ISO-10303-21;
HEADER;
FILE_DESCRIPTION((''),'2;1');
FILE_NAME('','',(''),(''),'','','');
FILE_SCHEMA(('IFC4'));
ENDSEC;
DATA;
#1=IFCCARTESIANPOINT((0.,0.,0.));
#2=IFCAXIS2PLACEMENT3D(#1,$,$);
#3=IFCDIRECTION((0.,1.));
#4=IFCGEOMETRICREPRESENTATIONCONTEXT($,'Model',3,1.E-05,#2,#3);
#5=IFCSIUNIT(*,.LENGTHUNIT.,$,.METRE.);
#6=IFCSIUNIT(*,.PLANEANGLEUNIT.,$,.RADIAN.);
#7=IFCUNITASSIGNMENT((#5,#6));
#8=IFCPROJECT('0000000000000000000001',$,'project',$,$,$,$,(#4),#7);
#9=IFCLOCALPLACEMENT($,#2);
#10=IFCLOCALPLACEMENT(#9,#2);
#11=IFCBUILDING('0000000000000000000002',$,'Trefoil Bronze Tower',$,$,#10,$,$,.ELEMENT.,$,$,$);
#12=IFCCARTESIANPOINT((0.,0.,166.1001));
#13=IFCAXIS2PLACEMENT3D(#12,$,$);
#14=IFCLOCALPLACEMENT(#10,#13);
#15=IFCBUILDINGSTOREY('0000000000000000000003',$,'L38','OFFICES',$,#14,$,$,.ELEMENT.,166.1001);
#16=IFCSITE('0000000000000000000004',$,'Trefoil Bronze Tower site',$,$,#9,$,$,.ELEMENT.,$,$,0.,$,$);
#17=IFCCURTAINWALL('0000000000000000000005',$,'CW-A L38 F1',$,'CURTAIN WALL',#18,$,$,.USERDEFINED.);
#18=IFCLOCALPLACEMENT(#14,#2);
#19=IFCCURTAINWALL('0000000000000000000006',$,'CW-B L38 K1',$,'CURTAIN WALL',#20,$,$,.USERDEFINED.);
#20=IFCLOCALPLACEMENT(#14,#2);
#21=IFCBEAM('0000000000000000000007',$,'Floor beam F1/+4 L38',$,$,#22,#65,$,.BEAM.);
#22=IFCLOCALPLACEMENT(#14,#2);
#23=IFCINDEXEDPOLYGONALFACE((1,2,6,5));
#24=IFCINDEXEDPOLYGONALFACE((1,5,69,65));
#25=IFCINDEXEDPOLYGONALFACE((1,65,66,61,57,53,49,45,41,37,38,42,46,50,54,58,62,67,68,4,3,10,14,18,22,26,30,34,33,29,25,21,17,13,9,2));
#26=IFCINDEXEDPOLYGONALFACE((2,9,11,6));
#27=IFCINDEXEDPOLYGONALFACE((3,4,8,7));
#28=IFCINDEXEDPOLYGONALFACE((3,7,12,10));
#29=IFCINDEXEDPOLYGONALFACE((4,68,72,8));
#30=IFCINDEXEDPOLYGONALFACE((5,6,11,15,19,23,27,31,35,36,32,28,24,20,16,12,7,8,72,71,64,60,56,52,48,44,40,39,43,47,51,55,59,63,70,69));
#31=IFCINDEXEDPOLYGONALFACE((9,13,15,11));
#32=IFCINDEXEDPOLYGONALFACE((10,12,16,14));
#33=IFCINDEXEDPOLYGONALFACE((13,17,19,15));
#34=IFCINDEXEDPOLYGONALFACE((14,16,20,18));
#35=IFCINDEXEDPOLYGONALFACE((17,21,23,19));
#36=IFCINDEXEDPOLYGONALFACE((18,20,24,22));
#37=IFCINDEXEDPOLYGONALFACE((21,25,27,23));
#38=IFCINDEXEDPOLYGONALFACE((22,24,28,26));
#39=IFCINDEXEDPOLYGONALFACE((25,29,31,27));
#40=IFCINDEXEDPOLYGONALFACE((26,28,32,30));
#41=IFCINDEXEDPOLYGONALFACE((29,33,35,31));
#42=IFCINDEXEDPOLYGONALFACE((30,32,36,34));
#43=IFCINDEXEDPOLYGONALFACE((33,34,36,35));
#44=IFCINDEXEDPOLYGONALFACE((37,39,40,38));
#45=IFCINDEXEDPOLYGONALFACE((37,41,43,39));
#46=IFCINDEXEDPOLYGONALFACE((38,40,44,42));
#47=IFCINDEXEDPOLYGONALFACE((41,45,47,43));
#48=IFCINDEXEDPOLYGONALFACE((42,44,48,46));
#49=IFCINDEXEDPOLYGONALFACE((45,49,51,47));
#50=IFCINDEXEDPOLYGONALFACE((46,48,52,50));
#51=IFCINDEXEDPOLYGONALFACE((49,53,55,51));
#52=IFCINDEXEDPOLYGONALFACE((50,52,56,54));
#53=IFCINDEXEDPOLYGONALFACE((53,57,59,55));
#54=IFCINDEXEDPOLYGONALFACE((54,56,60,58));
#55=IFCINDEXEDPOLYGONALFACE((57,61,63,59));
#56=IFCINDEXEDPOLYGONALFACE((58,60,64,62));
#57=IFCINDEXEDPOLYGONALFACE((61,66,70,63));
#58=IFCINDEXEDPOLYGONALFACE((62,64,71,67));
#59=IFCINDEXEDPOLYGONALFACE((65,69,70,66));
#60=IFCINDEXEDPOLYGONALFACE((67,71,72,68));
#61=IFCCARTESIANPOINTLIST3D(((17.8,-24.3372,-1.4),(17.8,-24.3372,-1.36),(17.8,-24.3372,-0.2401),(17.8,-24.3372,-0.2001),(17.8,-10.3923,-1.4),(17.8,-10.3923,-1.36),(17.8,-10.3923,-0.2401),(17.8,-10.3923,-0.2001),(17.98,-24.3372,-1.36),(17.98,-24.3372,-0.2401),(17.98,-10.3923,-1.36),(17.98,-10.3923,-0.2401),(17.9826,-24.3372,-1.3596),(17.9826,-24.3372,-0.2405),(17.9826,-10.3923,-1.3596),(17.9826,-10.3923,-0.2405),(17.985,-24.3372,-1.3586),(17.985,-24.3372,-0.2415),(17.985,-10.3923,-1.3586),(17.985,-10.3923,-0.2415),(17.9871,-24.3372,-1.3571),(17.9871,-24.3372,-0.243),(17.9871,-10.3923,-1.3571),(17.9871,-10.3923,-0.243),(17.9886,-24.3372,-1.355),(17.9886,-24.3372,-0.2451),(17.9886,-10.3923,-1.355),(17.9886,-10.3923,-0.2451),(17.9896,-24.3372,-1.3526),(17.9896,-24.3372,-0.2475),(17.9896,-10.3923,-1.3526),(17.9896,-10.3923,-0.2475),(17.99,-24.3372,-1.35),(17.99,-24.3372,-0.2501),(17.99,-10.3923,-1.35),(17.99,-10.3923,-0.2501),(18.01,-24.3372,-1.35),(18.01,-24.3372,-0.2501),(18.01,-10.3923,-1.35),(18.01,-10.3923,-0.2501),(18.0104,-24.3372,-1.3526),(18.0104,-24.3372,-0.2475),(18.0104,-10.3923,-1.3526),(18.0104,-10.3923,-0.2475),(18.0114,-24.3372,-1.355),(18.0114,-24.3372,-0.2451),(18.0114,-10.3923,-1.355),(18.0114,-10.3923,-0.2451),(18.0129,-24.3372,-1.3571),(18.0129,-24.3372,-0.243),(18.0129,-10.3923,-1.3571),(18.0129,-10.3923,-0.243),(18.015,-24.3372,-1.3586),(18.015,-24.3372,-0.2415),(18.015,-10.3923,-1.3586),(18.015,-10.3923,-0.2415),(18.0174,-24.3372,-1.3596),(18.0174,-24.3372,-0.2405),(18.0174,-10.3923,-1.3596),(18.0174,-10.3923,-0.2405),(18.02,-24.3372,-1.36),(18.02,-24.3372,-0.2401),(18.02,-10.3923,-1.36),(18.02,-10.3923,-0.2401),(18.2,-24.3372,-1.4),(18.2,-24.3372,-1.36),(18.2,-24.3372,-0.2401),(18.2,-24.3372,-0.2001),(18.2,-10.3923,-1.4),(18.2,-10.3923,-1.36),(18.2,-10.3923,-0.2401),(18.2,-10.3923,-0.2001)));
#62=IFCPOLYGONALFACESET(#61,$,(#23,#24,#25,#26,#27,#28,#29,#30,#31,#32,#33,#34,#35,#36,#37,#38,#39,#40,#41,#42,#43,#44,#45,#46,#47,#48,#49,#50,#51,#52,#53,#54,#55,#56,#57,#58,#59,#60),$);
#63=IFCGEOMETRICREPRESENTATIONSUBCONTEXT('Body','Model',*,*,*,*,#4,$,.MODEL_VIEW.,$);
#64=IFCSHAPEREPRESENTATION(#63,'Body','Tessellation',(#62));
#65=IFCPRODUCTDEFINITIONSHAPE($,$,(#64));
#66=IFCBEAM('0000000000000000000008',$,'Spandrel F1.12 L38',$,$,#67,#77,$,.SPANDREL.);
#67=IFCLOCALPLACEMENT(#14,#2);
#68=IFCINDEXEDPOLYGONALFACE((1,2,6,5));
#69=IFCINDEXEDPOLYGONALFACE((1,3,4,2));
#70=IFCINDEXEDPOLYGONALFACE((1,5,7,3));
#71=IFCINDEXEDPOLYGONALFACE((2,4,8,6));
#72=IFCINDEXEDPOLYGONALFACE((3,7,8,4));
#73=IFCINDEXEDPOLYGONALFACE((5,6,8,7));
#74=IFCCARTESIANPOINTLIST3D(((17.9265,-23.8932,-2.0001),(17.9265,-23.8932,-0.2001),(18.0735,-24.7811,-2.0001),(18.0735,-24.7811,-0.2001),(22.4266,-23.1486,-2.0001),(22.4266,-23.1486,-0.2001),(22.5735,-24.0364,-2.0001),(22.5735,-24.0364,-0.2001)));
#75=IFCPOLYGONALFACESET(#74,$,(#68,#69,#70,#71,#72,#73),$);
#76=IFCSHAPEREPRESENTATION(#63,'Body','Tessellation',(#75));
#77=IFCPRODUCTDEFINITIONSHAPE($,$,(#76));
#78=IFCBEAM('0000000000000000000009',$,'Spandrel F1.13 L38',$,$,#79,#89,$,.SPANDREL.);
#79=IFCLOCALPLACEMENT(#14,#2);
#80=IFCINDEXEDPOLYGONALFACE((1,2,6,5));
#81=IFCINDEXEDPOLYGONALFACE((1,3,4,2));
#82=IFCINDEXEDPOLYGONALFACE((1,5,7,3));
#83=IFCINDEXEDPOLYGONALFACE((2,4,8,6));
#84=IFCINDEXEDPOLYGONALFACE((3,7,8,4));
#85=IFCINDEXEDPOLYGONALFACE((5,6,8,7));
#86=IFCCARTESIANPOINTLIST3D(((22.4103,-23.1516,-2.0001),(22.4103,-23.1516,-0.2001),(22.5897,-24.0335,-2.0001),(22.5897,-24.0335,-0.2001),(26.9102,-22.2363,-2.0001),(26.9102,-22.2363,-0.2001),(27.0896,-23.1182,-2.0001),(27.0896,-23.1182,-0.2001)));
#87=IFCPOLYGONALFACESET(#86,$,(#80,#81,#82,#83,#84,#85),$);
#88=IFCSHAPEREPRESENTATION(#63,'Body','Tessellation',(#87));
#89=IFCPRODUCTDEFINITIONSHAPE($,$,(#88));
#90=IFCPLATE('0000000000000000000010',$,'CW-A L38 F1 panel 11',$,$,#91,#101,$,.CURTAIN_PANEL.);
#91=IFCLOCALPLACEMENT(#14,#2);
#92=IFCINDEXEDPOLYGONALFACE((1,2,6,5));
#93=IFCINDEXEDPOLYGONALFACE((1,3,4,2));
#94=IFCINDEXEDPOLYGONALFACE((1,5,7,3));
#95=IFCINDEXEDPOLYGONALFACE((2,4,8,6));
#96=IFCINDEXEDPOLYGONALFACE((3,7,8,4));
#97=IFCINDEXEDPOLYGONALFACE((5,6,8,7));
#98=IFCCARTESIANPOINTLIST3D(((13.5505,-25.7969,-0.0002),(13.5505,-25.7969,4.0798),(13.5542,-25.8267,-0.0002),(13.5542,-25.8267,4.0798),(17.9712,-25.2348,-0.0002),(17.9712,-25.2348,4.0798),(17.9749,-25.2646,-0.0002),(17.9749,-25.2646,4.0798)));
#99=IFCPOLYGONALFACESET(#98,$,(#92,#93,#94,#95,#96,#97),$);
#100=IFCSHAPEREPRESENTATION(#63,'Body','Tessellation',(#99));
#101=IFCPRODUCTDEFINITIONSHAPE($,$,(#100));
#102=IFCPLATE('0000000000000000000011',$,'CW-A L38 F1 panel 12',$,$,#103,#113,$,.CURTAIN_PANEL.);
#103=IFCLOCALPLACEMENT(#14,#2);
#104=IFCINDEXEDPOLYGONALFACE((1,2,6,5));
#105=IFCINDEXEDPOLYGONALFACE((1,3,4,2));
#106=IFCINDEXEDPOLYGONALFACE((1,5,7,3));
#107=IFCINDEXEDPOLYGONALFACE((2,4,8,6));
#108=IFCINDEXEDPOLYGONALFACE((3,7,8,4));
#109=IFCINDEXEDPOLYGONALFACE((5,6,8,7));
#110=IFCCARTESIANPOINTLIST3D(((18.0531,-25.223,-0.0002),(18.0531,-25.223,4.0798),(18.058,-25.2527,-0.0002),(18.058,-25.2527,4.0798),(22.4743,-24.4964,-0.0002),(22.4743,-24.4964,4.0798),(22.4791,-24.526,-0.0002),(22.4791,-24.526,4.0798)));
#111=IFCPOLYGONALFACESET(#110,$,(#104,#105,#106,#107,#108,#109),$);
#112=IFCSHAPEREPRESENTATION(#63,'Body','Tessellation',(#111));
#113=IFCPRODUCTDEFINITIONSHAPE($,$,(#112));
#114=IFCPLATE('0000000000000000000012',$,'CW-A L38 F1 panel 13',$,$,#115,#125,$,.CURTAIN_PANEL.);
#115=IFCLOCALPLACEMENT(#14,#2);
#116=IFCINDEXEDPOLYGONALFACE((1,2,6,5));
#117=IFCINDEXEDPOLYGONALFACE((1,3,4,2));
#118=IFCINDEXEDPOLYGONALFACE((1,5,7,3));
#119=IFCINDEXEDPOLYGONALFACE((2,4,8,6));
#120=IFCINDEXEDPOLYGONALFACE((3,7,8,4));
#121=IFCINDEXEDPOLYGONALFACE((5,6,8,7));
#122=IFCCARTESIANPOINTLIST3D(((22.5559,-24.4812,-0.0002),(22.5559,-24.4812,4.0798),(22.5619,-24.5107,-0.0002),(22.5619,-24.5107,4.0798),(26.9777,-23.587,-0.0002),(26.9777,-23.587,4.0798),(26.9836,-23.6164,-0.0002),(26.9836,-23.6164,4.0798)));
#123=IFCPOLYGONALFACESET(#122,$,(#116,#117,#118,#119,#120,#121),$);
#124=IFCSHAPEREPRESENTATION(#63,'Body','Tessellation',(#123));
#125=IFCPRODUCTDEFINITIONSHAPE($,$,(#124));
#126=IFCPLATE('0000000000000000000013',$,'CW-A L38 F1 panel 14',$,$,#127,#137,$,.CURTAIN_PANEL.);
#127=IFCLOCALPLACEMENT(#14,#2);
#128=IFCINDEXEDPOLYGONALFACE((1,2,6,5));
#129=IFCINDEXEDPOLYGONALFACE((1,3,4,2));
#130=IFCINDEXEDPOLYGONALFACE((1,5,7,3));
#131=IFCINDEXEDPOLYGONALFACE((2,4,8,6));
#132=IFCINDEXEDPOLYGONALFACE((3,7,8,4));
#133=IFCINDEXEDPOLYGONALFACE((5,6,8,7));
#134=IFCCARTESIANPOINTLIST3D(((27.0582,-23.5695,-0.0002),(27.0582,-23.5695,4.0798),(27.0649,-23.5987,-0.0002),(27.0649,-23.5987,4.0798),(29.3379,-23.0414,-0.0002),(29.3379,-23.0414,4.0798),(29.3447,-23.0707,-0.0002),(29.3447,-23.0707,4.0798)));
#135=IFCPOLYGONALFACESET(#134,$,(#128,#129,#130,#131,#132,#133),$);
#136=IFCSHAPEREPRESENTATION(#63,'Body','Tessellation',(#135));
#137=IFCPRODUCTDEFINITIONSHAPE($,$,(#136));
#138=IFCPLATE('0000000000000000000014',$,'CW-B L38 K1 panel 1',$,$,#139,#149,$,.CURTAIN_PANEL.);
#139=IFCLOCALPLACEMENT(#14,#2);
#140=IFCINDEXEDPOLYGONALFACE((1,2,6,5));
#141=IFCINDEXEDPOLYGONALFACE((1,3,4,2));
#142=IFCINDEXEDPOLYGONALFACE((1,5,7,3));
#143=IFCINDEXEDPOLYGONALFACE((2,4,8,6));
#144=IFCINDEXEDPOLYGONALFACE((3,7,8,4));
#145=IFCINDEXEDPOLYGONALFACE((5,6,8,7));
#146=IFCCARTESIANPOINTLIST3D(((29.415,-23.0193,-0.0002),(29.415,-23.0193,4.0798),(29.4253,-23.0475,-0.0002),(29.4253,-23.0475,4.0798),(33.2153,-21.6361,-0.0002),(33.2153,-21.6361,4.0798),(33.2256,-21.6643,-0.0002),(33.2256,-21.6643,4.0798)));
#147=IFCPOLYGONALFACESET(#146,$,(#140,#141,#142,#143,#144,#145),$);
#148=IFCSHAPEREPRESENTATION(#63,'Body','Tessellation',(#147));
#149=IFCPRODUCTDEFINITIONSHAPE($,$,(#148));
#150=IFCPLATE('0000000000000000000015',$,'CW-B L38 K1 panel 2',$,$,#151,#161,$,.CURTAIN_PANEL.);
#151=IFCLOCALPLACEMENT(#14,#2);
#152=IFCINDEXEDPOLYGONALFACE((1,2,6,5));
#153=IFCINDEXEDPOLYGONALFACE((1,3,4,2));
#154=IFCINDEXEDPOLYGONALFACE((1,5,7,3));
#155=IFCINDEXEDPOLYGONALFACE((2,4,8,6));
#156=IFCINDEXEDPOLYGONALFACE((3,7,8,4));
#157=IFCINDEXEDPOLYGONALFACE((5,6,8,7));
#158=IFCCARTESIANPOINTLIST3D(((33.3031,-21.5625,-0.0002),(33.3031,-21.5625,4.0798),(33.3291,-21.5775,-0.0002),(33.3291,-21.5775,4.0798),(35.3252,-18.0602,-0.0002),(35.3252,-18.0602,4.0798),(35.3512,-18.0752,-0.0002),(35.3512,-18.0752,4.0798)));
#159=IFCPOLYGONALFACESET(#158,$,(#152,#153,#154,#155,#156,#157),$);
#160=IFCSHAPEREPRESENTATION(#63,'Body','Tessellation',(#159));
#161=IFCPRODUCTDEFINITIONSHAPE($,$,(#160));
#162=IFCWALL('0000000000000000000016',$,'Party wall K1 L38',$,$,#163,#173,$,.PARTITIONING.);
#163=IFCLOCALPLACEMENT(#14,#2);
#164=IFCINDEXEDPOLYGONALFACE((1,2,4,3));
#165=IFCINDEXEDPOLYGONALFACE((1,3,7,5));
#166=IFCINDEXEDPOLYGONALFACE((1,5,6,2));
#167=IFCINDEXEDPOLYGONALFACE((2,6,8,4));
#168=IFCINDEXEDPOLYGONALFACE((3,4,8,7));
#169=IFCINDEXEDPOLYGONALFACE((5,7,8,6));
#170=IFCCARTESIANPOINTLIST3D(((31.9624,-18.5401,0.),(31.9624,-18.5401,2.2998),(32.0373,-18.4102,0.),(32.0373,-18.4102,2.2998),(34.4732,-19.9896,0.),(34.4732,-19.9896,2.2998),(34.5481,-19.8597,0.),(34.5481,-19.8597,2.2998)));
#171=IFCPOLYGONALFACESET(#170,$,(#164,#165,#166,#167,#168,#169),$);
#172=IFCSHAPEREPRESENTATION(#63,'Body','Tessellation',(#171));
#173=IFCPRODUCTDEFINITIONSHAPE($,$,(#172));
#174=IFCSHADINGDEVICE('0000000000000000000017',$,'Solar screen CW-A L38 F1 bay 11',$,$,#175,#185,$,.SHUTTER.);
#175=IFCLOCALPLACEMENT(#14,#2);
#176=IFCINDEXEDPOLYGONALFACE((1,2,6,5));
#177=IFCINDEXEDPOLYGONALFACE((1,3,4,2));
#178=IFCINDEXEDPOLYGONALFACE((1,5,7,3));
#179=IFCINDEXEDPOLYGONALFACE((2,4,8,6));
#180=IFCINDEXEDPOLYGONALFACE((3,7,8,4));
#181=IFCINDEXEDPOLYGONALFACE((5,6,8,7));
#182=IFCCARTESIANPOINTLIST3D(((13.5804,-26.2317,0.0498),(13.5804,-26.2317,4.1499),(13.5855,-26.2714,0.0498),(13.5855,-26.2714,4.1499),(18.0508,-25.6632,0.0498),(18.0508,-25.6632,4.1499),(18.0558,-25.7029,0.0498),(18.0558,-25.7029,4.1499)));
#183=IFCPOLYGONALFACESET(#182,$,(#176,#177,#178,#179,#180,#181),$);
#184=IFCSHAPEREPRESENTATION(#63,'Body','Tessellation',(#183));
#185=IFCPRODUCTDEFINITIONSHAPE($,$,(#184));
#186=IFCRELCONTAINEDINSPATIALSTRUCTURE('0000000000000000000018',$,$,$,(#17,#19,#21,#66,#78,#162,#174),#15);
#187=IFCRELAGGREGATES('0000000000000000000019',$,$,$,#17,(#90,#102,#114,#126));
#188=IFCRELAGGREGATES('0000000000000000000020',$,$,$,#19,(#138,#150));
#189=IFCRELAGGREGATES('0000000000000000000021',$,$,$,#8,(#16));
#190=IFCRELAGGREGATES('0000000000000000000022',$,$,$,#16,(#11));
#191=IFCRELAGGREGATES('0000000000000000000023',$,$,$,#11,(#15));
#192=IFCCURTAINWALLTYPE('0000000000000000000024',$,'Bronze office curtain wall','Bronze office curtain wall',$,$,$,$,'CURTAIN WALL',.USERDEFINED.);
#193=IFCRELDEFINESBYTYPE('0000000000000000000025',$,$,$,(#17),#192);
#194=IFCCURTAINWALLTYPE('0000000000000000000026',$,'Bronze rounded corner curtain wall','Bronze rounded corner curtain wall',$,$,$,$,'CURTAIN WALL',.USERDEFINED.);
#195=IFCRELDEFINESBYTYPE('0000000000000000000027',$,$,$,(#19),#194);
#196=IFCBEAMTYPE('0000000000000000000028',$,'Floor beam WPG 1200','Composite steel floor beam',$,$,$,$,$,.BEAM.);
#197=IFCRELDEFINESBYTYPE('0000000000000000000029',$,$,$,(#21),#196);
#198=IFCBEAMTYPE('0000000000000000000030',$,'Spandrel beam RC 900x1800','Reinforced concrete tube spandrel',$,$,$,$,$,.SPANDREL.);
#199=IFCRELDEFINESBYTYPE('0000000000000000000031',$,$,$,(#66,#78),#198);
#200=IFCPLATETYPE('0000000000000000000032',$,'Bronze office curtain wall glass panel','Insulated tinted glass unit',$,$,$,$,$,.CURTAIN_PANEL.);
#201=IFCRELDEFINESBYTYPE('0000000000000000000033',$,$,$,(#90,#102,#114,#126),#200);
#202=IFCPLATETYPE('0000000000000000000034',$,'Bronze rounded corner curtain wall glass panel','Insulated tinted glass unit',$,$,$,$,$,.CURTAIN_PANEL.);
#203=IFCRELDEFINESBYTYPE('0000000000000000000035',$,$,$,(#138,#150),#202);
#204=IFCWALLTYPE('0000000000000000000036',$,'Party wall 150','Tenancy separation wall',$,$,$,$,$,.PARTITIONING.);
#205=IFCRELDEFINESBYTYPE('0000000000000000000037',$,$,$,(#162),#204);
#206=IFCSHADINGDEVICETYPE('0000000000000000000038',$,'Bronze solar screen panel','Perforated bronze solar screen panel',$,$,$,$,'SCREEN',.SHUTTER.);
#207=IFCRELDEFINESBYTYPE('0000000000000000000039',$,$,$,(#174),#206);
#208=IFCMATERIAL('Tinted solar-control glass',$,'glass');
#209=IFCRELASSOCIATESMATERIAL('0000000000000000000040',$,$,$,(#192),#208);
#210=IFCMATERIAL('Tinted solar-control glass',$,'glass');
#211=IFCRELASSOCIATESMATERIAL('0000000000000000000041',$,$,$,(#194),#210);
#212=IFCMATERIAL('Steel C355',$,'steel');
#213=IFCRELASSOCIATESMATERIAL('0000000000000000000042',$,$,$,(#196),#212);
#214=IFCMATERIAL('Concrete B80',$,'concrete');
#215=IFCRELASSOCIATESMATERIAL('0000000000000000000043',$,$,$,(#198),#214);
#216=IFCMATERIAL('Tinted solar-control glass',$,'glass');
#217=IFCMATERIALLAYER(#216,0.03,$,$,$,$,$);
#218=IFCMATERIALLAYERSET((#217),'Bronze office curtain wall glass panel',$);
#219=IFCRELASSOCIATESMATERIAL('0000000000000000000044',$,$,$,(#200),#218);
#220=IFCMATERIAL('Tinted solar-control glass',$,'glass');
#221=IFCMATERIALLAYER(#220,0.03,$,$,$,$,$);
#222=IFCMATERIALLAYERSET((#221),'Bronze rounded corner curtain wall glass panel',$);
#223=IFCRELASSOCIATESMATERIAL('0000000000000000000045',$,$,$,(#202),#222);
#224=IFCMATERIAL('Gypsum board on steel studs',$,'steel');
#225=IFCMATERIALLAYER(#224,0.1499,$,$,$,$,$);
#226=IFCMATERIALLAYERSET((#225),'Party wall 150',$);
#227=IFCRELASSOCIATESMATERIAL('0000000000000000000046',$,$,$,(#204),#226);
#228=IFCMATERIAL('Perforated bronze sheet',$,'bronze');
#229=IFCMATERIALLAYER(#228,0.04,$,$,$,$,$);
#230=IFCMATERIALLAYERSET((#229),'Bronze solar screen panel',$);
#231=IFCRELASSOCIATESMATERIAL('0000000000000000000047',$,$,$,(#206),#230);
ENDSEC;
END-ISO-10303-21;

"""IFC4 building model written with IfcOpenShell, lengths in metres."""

from ifc_helpers import new_model, si_unit, direction, frame, frame_2d, origin, origin_2d, place, context, subcontext, project, spatial, rectangle, i_section, extrude, material, layer, layer_set, material_profile, profile_set, type_object, element, aggregate, save


model = new_model("IFC4")

# Units and contexts
model_context = context("Model", 3, precision=1e-05, world=origin(), true_north=direction((0.0, 1.0)))
body_context = subcontext(model_context, "Body", "Model", "MODEL_VIEW")
ifc_project = project(units=[si_unit("LENGTHUNIT", "METRE"), si_unit("PLANEANGLEUNIT", "RADIAN")], contexts=[model_context])

# Site, building, storey
site_placement = place(None, origin())
site = spatial("IfcSite", under=ifc_project, at=site_placement, Name="Trefoil Bronze Tower site", CompositionType="ELEMENT", RefElevation=0.0)
building_placement = place(site_placement, origin())
building = spatial("IfcBuilding", under=site, at=building_placement, Name="Trefoil Bronze Tower", CompositionType="ELEMENT")
storey_placement = place(building_placement, frame((0.0, 0.0, 166.1001)))
storey = spatial("IfcBuildingStorey", under=building, at=storey_placement, Name="L38", Description="OFFICES", CompositionType="ELEMENT", Elevation=166.1001)

# Curtain walls
ifc_material_1 = material(Name="Tinted solar-control glass", Category="glass")
curtain_wall_type_1 = type_object("IfcCurtainWallType", Name="Bronze office curtain wall", Description="Bronze office curtain wall", ElementType="CURTAIN WALL", PredefinedType="USERDEFINED", material=ifc_material_1)
curtain_wall_1_placement = place(storey_placement, origin())
curtain_wall_1 = element("IfcCurtainWall", 1, at=curtain_wall_1_placement, inside=storey, type_object=curtain_wall_type_1, Name="CW-A L38 F1", ObjectType="CURTAIN WALL", PredefinedType="USERDEFINED")
ifc_material_2 = material(Name="Tinted solar-control glass", Category="glass")
curtain_wall_type_2 = type_object("IfcCurtainWallType", Name="Bronze rounded corner curtain wall", Description="Bronze rounded corner curtain wall", ElementType="CURTAIN WALL", PredefinedType="USERDEFINED", material=ifc_material_2)
curtain_wall_2_placement = place(storey_placement, origin())
curtain_wall_2 = element("IfcCurtainWall", 2, at=curtain_wall_2_placement, inside=storey, type_object=curtain_wall_type_2, Name="CW-B L38 K1", ObjectType="CURTAIN WALL", PredefinedType="USERDEFINED")

# Beams
ifc_material_3 = material(Name="Steel C355", Category="steel")
ifc_material_profile_1 = material_profile(ifc_material_3, i_section(OverallWidth=0.3999, OverallDepth=1.2, WebThickness=0.02, FlangeThickness=0.04, FilletRadius=0.01, at=origin_2d()), Name="WPG 1200")
ifc_profile_set_1 = profile_set([ifc_material_profile_1], Name="Steel C355")
beam_type_1 = type_object("IfcBeamType", Name="Floor beam WPG 1200", Description="Composite steel floor beam", PredefinedType="BEAM", material=ifc_profile_set_1)
beam_1_placement = place(storey_placement, frame((18.0, -24.3372, -0.8), z_axis=(0.0, 1.0, 0.0), x_axis=(-1.0, 0.0, 0.0)))
element("IfcBeam", 3, at=beam_1_placement, inside=storey, type_object=beam_type_1, Name="Floor beam F1/+4 L38", PredefinedType="BEAM", context=body_context, shape_type="SweptSolid", body=[
    extrude(i_section(OverallWidth=0.3999, OverallDepth=1.2, WebThickness=0.02, FlangeThickness=0.04, FilletRadius=0.01, at=origin_2d()), origin(), (0.0, 0.0, 1.0), 13.9448),
])
ifc_material_4 = material(Name="Concrete B80", Category="concrete")
ifc_material_profile_2 = material_profile(ifc_material_4, rectangle(XDim=0.8999, YDim=1.8, at=origin_2d()), Name="RC 900x1800")
ifc_profile_set_2 = profile_set([ifc_material_profile_2], Name="Concrete B80")
beam_type_2 = type_object("IfcBeamType", Name="Spandrel beam RC 900x1800", Description="Reinforced concrete tube spandrel", PredefinedType="SPANDREL", material=ifc_profile_set_2)
beam_2_placement = place(storey_placement, frame((18.0, -24.3372, -1.1001), z_axis=(0.986584, 0.163253, 0.0), x_axis=(-0.163253, 0.986584, 0.0)))
element("IfcBeam", 4, at=beam_2_placement, inside=storey, type_object=beam_type_2, Name="Spandrel F1.12 L38", PredefinedType="SPANDREL", context=body_context, shape_type="SweptSolid", body=[
    extrude(rectangle(XDim=0.8999, YDim=1.8, at=origin_2d()), origin(), (0.0, 0.0, 1.0), 4.5613),
])
beam_3_placement = place(storey_placement, frame((22.5, -23.5925, -1.1001), z_axis=(0.979935, 0.199315, 0.0), x_axis=(-0.199315, 0.979935, 0.0)))
element("IfcBeam", 5, at=beam_3_placement, inside=storey, type_object=beam_type_2, Name="Spandrel F1.13 L38", PredefinedType="SPANDREL", context=body_context, shape_type="SweptSolid", body=[
    extrude(rectangle(XDim=0.8999, YDim=1.8, at=origin_2d()), origin(), (0.0, 0.0, 1.0), 4.592),
])

# Plates
ifc_material_5 = material(Name="Tinted solar-control glass", Category="glass")
ifc_layer_1 = layer(ifc_material_5, 0.03)
ifc_layer_set_1 = layer_set([ifc_layer_1], Name="Bronze office curtain wall glass panel")
plate_type_1 = type_object("IfcPlateType", Name="Bronze office curtain wall glass panel", Description="Insulated tinted glass unit", PredefinedType="CURTAIN_PANEL", material=ifc_layer_set_1)
plate_1_placement = place(storey_placement, frame((15.7627, -25.5308, -0.0002), z_axis=(0.0, 0.0, 1.0), x_axis=(0.992012, 0.126147, 0.0)))
plate_1 = element("IfcPlate", 6, at=plate_1_placement, type_object=plate_type_1, Name="CW-A L38 F1 panel 11", PredefinedType="CURTAIN_PANEL", context=body_context, shape_type="SweptSolid", body=[
    extrude(rectangle(XDim=4.4563, YDim=0.03, at=origin_2d()), origin(), (0.0, 0.0, 1.0), 4.0801),
])
plate_2_placement = place(storey_placement, frame((20.2661, -24.8745, -0.0002), z_axis=(0.0, 0.0, 1.0), x_axis=(0.98676, 0.162189, 0.0)))
plate_2 = element("IfcPlate", 7, at=plate_2_placement, type_object=plate_type_1, Name="CW-A L38 F1 panel 12", PredefinedType="CURTAIN_PANEL", context=body_context, shape_type="SweptSolid", body=[
    extrude(rectangle(XDim=4.4805, YDim=0.03, at=origin_2d()), origin(), (0.0, 0.0, 1.0), 4.0801),
])
plate_3_placement = place(storey_placement, frame((24.7698, -24.0488, -0.0002), z_axis=(0.0, 0.0, 1.0), x_axis=(0.980155, 0.198232, 0.0)))
plate_3 = element("IfcPlate", 8, at=plate_3_placement, type_object=plate_type_1, Name="CW-A L38 F1 panel 13", PredefinedType="CURTAIN_PANEL", context=body_context, shape_type="SweptSolid", body=[
    extrude(rectangle(XDim=4.5112, YDim=0.03, at=origin_2d()), origin(), (0.0, 0.0, 1.0), 4.0801),
])
plate_4_placement = place(storey_placement, frame((28.2014, -23.3201, -0.0002), z_axis=(0.0, 0.0, 1.0), x_axis=(0.974204, 0.225667, 0.0)))
plate_4 = element("IfcPlate", 9, at=plate_4_placement, type_object=plate_type_1, Name="CW-A L38 F1 panel 14", PredefinedType="CURTAIN_PANEL", context=body_context, shape_type="SweptSolid", body=[
    extrude(rectangle(XDim=2.3401, YDim=0.03, at=origin_2d()), origin(), (0.0, 0.0, 1.0), 4.0801),
])
aggregate(curtain_wall_1, [plate_1, plate_2, plate_3, plate_4])
ifc_material_6 = material(Name="Tinted solar-control glass", Category="glass")
ifc_layer_2 = layer(ifc_material_6, 0.03)
ifc_layer_set_2 = layer_set([ifc_layer_2], Name="Bronze rounded corner curtain wall glass panel")
plate_type_2 = type_object("IfcPlateType", Name="Bronze rounded corner curtain wall glass panel", Description="Insulated tinted glass unit", PredefinedType="CURTAIN_PANEL", material=ifc_layer_set_2)
plate_5_placement = place(storey_placement, frame((31.3203, -22.3418, -0.0002), z_axis=(0.0, 0.0, 1.0), x_axis=(0.939693, 0.34202, 0.0)))
plate_5 = element("IfcPlate", 10, at=plate_5_placement, type_object=plate_type_2, Name="CW-B L38 K1 panel 1", PredefinedType="CURTAIN_PANEL", context=body_context, shape_type="SweptSolid", body=[
    extrude(rectangle(XDim=4.0442, YDim=0.03, at=origin_2d()), origin(), (0.0, 0.0, 1.0), 4.0801),
])
plate_6_placement = place(storey_placement, frame((34.3271, -19.8188, -0.0002), z_axis=(0.0, 0.0, 1.0), x_axis=(0.5, 0.866025, 0.0)))
plate_6 = element("IfcPlate", 11, at=plate_6_placement, type_object=plate_type_2, Name="CW-B L38 K1 panel 2", PredefinedType="CURTAIN_PANEL", context=body_context, shape_type="SweptSolid", body=[
    extrude(rectangle(XDim=4.0442, YDim=0.03, at=origin_2d()), origin(), (0.0, 0.0, 1.0), 4.0801),
])
aggregate(curtain_wall_2, [plate_5, plate_6])

# Wall
ifc_material_7 = material(Name="Gypsum board on steel studs", Category="steel")
ifc_layer_3 = layer(ifc_material_7, 0.1499)
ifc_layer_set_3 = layer_set([ifc_layer_3], Name="Party wall 150")
wall_type = type_object("IfcWallType", Name="Party wall 150", Description="Tenancy separation wall", PredefinedType="PARTITIONING", material=ifc_layer_set_3)
wall_placement = place(storey_placement, frame((31.9998, -18.4751, 0.0), z_axis=(0.0, 0.0, 1.0), x_axis=(0.866043, -0.49997, 0.0)))
element("IfcWall", 12, at=wall_placement, inside=storey, type_object=wall_type, Name="Party wall K1 L38", PredefinedType="PARTITIONING", context=body_context, shape_type="SweptSolid", body=[
    extrude(rectangle(XDim=2.8992, YDim=0.1499, at=frame_2d((1.4497, 0.0))), origin(), (0.0, 0.0, 1.0), 2.2998),
])

# Shading device
ifc_material_8 = material(Name="Perforated bronze sheet", Category="bronze")
ifc_layer_4 = layer(ifc_material_8, 0.04)
ifc_layer_set_4 = layer_set([ifc_layer_4], Name="Bronze solar screen panel")
shading_device_type = type_object("IfcShadingDeviceType", Name="Bronze solar screen panel", Description="Perforated bronze solar screen panel", ElementType="SCREEN", PredefinedType="SHUTTER", material=ifc_layer_set_4)
shading_device_1_placement = place(storey_placement, frame((15.8181, -25.9673, 0.0498), z_axis=(0.0, 0.0, 1.0), x_axis=(0.992012, 0.126147, 0.0)))
element("IfcShadingDevice", 13, at=shading_device_1_placement, inside=storey, type_object=shading_device_type, Name="Solar screen CW-A L38 F1 bay 11", PredefinedType="SHUTTER", context=body_context, shape_type="SweptSolid", body=[
    extrude(rectangle(XDim=4.5063, YDim=0.04, at=origin_2d()), origin(), (0.0, 0.0, 1.0), 4.1001),
])

save(model, "model.ifc")
